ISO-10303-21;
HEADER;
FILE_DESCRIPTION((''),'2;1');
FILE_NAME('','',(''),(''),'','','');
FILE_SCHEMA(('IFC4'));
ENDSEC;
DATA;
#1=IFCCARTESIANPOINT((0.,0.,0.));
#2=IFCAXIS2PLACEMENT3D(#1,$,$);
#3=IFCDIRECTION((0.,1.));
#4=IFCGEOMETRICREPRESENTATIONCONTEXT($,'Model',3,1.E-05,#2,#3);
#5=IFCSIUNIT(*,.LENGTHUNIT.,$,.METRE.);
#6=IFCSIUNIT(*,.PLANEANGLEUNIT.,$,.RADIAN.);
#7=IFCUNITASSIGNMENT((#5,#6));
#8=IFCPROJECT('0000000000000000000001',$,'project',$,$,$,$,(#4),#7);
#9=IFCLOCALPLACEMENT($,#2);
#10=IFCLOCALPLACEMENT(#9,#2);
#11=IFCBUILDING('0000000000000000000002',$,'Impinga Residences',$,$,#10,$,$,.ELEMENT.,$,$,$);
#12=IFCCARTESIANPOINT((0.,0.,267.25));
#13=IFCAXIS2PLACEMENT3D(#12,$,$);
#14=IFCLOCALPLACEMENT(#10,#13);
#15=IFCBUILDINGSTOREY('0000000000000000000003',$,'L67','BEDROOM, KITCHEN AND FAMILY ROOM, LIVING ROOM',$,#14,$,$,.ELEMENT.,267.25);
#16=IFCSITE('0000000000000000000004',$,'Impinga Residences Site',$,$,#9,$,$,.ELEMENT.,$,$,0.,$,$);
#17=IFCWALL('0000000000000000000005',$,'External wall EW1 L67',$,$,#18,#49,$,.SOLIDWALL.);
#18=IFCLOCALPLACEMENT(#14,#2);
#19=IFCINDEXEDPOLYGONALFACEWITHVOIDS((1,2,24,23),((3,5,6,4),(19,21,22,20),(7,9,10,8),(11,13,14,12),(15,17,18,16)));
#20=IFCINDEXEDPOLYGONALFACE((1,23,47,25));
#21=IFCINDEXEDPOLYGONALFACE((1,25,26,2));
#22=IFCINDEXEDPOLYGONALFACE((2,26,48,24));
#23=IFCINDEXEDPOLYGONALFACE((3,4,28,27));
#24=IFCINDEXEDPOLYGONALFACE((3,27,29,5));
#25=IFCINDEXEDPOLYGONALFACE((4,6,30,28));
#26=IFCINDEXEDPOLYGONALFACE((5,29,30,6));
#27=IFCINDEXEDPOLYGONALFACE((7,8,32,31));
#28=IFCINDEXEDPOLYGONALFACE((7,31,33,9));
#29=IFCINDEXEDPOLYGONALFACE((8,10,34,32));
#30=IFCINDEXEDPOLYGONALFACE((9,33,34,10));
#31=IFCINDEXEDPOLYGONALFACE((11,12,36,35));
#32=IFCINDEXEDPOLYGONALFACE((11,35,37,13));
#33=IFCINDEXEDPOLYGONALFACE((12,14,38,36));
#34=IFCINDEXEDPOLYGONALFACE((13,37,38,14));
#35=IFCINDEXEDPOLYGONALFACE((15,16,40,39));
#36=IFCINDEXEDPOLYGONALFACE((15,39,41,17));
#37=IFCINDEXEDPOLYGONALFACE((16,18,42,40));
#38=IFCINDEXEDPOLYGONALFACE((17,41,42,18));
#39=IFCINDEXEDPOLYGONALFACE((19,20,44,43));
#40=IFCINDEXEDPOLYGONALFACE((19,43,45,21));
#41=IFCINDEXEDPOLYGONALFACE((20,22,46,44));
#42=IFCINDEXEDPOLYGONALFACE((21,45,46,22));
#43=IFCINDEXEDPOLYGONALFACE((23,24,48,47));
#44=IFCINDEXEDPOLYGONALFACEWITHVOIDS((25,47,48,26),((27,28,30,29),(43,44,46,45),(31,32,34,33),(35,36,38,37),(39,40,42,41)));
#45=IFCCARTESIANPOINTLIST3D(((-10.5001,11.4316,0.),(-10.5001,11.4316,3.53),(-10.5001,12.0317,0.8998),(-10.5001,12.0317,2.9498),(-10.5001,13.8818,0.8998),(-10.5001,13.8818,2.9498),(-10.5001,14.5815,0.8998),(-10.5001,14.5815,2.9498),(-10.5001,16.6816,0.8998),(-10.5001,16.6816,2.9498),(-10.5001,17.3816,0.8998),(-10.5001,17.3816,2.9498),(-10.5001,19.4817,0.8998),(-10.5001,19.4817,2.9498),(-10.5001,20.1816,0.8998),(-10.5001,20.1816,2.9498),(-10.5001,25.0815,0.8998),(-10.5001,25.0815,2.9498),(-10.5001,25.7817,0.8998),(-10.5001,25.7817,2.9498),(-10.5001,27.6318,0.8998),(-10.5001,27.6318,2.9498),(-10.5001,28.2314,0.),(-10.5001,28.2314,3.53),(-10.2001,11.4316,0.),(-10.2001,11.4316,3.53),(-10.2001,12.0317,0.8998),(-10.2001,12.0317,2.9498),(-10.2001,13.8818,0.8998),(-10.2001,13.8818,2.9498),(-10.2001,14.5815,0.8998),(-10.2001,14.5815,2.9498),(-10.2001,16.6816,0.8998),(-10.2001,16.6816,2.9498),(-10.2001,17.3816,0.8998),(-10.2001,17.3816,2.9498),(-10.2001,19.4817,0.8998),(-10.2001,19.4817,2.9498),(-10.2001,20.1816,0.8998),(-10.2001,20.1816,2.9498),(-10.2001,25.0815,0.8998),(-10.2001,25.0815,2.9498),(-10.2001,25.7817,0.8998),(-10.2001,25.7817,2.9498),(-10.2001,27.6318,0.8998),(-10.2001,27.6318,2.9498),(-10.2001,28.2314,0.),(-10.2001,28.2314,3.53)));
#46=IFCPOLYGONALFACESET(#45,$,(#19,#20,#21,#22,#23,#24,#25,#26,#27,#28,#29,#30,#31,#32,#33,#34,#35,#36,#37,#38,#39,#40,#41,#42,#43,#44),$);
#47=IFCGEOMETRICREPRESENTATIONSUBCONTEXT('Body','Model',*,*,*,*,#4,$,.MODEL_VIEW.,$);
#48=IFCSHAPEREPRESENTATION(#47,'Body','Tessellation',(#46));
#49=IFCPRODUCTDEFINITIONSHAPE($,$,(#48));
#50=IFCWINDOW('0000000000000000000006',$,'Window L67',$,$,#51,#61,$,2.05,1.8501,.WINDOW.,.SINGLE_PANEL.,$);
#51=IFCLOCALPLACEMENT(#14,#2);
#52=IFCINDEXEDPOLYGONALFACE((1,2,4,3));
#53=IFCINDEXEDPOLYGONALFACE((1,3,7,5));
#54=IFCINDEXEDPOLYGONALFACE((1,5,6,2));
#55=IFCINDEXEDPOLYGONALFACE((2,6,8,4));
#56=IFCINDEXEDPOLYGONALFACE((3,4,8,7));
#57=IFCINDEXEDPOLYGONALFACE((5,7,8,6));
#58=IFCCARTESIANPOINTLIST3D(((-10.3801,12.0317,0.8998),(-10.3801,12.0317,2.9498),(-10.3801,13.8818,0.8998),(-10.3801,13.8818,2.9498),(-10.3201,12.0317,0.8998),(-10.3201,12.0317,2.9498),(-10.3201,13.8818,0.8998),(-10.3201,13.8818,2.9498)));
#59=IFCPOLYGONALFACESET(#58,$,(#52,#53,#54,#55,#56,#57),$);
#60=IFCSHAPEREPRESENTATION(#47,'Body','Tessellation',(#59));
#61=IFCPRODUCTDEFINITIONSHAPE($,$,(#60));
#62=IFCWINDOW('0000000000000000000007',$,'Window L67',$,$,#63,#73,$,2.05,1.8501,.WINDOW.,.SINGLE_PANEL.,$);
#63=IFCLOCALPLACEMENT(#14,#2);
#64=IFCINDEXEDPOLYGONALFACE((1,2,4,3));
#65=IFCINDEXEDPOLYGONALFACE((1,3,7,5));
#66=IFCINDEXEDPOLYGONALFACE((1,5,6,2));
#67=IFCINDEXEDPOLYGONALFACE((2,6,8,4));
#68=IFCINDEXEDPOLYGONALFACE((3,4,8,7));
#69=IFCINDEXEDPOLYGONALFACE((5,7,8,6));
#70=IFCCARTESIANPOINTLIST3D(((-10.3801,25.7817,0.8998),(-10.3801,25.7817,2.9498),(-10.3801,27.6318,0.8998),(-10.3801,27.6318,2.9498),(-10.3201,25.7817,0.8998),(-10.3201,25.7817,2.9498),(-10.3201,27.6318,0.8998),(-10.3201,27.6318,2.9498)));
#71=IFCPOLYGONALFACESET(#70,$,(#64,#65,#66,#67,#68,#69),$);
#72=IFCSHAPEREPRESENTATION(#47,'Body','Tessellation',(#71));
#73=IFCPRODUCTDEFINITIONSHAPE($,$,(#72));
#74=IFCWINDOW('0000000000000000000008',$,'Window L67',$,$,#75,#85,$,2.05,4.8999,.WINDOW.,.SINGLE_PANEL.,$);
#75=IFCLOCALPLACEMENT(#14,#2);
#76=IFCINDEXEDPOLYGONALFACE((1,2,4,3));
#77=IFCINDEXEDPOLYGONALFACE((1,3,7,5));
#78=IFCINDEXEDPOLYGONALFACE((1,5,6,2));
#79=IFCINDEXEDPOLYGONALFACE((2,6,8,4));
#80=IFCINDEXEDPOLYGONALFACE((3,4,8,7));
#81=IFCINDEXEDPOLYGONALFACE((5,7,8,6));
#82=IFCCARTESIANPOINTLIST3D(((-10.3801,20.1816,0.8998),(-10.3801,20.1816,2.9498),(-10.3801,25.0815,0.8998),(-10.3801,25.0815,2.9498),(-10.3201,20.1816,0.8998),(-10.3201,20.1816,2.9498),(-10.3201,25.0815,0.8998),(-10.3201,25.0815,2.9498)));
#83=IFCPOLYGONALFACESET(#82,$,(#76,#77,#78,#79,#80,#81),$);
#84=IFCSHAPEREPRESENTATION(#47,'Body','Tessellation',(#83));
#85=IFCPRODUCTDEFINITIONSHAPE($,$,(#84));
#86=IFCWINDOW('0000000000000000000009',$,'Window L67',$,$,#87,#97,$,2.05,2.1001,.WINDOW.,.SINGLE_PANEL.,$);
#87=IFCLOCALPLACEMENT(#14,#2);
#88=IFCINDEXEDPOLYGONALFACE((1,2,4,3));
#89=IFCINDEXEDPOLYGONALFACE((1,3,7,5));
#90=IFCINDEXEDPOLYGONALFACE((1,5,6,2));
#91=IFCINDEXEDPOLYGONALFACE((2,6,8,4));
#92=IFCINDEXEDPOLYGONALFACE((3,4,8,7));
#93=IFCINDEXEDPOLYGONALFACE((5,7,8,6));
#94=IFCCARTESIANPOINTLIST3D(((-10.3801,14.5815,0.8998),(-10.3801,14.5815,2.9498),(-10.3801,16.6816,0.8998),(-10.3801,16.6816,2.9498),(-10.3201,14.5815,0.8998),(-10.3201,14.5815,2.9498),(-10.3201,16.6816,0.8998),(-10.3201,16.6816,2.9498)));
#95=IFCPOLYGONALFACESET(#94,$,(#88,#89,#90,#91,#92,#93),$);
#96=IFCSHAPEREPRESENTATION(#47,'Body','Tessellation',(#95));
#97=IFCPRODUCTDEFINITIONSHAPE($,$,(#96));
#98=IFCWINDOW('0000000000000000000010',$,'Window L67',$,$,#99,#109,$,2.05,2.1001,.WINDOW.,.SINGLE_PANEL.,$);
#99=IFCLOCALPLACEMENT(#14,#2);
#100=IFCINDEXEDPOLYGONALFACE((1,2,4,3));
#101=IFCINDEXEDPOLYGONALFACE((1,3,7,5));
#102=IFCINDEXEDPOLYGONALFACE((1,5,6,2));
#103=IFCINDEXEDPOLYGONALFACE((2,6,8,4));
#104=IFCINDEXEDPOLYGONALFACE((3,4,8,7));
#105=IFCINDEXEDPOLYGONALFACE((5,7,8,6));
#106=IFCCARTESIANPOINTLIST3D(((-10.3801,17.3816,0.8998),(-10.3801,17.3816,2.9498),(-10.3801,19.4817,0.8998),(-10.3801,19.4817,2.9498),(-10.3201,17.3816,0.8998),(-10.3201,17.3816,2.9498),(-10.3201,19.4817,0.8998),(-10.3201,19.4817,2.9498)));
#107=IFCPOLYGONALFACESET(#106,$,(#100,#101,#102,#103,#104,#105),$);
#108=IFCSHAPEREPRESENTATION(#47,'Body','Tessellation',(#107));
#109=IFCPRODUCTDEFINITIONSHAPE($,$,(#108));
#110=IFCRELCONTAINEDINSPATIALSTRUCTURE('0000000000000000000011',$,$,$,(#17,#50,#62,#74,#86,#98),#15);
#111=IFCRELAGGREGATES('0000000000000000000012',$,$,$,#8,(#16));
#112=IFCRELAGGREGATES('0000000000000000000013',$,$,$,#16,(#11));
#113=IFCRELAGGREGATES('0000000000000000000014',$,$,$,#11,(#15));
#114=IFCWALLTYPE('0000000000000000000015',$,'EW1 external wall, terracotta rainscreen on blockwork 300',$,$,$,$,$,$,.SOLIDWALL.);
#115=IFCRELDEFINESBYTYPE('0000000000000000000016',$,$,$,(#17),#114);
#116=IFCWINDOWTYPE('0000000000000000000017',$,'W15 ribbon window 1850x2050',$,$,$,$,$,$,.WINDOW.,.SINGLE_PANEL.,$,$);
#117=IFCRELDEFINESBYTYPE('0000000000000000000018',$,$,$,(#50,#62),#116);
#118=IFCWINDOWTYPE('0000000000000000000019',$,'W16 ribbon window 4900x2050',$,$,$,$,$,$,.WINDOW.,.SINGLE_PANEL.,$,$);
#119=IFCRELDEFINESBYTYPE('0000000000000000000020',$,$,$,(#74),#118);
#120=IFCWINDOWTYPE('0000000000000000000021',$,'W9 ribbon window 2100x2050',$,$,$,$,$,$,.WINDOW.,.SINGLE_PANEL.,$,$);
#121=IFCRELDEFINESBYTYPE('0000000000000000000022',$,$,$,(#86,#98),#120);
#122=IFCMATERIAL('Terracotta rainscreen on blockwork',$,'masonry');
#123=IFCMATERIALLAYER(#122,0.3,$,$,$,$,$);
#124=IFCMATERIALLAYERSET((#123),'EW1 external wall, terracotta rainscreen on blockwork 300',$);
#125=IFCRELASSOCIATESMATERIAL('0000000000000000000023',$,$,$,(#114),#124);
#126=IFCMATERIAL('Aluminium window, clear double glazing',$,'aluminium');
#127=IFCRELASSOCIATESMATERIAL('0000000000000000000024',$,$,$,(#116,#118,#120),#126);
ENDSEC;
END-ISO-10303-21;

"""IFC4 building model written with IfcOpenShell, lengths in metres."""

from ifc_helpers import new_model, si_unit, direction, frame, frame_2d, origin, place, context, subcontext, project, spatial, rectangle, extrude, material, layer, layer_set, type_object, element, fill, save


model = new_model("IFC4")

# Units and contexts
model_context = context("Model", 3, precision=1e-05, world=origin(), true_north=direction((0.0, 1.0)))
body_context = subcontext(model_context, "Body", "Model", "MODEL_VIEW")
ifc_project = project(units=[si_unit("LENGTHUNIT", "METRE"), si_unit("PLANEANGLEUNIT", "RADIAN")], contexts=[model_context])

# Site, building, storey
site_placement = place(None, origin())
site = spatial("IfcSite", under=ifc_project, at=site_placement, Name="Impinga Residences Site", CompositionType="ELEMENT", RefElevation=0.0)
building_placement = place(site_placement, origin())
building = spatial("IfcBuilding", under=site, at=building_placement, Name="Impinga Residences", CompositionType="ELEMENT")
storey_placement = place(building_placement, frame((0.0, 0.0, 267.25)))
storey = spatial("IfcBuildingStorey", under=building, at=storey_placement, Name="L67", Description="BEDROOM, KITCHEN AND FAMILY ROOM, LIVING ROOM", CompositionType="ELEMENT", Elevation=267.25)

# Wall, openings, windows
ifc_material_1 = material(Name="Terracotta rainscreen on blockwork", Category="masonry")
ifc_layer_1 = layer(ifc_material_1, 0.3)
ifc_layer_set_1 = layer_set([ifc_layer_1], Name="EW1 external wall, terracotta rainscreen on blockwork 300")
wall_type_1 = type_object("IfcWallType", Name="EW1 external wall, terracotta rainscreen on blockwork 300", PredefinedType="SOLIDWALL", material=ifc_layer_set_1)
wall_1_placement = place(storey_placement, frame((-10.3501, 11.4316, 0.0), z_axis=(0.0, 0.0, 1.0), x_axis=(0.0, 1.0, 0.0)))
wall_1 = element("IfcWall", 1, at=wall_1_placement, inside=storey, type_object=wall_type_1, Name="External wall EW1 L67", PredefinedType="SOLIDWALL", context=body_context, shape_type="SweptSolid", body=[
    extrude(rectangle(XDim=16.7998, YDim=0.3, at=frame_2d((8.3999, 0.0))), origin(), (0.0, 0.0, 1.0), 3.53),
])
opening_1_placement = place(wall_1_placement, frame((0.6001, 0.0, 0.8999)))
opening_1 = element("IfcOpeningElement", 2, at=opening_1_placement, cuts=wall_1, PredefinedType="OPENING", context=body_context, shape_type="SweptSolid", body=[
    extrude(rectangle(XDim=1.8501, YDim=2.05, at=frame_2d((0.925, 1.0249))), frame((0.0, 0.1599, 0.0), z_axis=(0.0, -1.0, 0.0), x_axis=(1.0, 0.0, 0.0)), (0.0, 0.0, 1.0), 0.3201),
])
opening_2_placement = place(wall_1_placement, frame((3.1499, 0.0, 0.8999)))
opening_2 = element("IfcOpeningElement", 3, at=opening_2_placement, cuts=wall_1, PredefinedType="OPENING", context=body_context, shape_type="SweptSolid", body=[
    extrude(rectangle(XDim=2.1001, YDim=2.05, at=frame_2d((1.05, 1.0249))), frame((0.0, 0.1599, 0.0), z_axis=(0.0, -1.0, 0.0), x_axis=(1.0, 0.0, 0.0)), (0.0, 0.0, 1.0), 0.3201),
])
opening_3_placement = place(wall_1_placement, frame((5.95, 0.0, 0.8999)))
opening_3 = element("IfcOpeningElement", 4, at=opening_3_placement, cuts=wall_1, PredefinedType="OPENING", context=body_context, shape_type="SweptSolid", body=[
    extrude(rectangle(XDim=2.1001, YDim=2.05, at=frame_2d((1.05, 1.0249))), frame((0.0, 0.1599, 0.0), z_axis=(0.0, -1.0, 0.0), x_axis=(1.0, 0.0, 0.0)), (0.0, 0.0, 1.0), 0.3201),
])
opening_4_placement = place(wall_1_placement, frame((8.75, 0.0, 0.8999)))
opening_4 = element("IfcOpeningElement", 5, at=opening_4_placement, cuts=wall_1, PredefinedType="OPENING", context=body_context, shape_type="SweptSolid", body=[
    extrude(rectangle(XDim=4.8999, YDim=2.05, at=frame_2d((2.45, 1.0249))), frame((0.0, 0.1599, 0.0), z_axis=(0.0, -1.0, 0.0), x_axis=(1.0, 0.0, 0.0)), (0.0, 0.0, 1.0), 0.3201),
])
opening_5_placement = place(wall_1_placement, frame((14.3501, 0.0, 0.8999)))
opening_5 = element("IfcOpeningElement", 6, at=opening_5_placement, cuts=wall_1, PredefinedType="OPENING", context=body_context, shape_type="SweptSolid", body=[
    extrude(rectangle(XDim=1.8501, YDim=2.05, at=frame_2d((0.925, 1.0249))), frame((0.0, 0.1599, 0.0), z_axis=(0.0, -1.0, 0.0), x_axis=(1.0, 0.0, 0.0)), (0.0, 0.0, 1.0), 0.3201),
])
ifc_material_2 = material(Name="Aluminium window, clear double glazing", Category="aluminium")
window_type_1 = type_object("IfcWindowType", Name="W15 ribbon window 1850x2050", PartitioningType="SINGLE_PANEL", PredefinedType="WINDOW", material=ifc_material_2)
window_1_placement = place(opening_1_placement, origin())
window_1 = element("IfcWindow", 7, at=window_1_placement, inside=storey, type_object=window_type_1, Name="Window L67", OverallHeight=2.05, OverallWidth=1.8501, PartitioningType="SINGLE_PANEL", PredefinedType="WINDOW", context=body_context, shape_type="SweptSolid", body=[
    extrude(rectangle(XDim=1.8501, YDim=2.05, at=frame_2d((0.925, 1.0249))), frame((0.0, 0.03, 0.0), z_axis=(0.0, -1.0, 0.0), x_axis=(1.0, 0.0, 0.0)), (0.0, 0.0, 1.0), 0.0601),
])
fill(opening_1, window_1)
window_2_placement = place(opening_5_placement, origin())
window_2 = element("IfcWindow", 8, at=window_2_placement, inside=storey, type_object=window_type_1, Name="Window L67", OverallHeight=2.05, OverallWidth=1.8501, PartitioningType="SINGLE_PANEL", PredefinedType="WINDOW", context=body_context, shape_type="SweptSolid", body=[
    extrude(rectangle(XDim=1.8501, YDim=2.05, at=frame_2d((0.925, 1.0249))), frame((0.0, 0.03, 0.0), z_axis=(0.0, -1.0, 0.0), x_axis=(1.0, 0.0, 0.0)), (0.0, 0.0, 1.0), 0.0601),
])
fill(opening_5, window_2)
window_type_2 = type_object("IfcWindowType", Name="W16 ribbon window 4900x2050", PartitioningType="SINGLE_PANEL", PredefinedType="WINDOW", material=ifc_material_2)
window_3_placement = place(opening_4_placement, origin())
window_3 = element("IfcWindow", 9, at=window_3_placement, inside=storey, type_object=window_type_2, Name="Window L67", OverallHeight=2.05, OverallWidth=4.8999, PartitioningType="SINGLE_PANEL", PredefinedType="WINDOW", context=body_context, shape_type="SweptSolid", body=[
    extrude(rectangle(XDim=4.8999, YDim=2.05, at=frame_2d((2.45, 1.0249))), frame((0.0, 0.03, 0.0), z_axis=(0.0, -1.0, 0.0), x_axis=(1.0, 0.0, 0.0)), (0.0, 0.0, 1.0), 0.0601),
])
fill(opening_4, window_3)
window_type_3 = type_object("IfcWindowType", Name="W9 ribbon window 2100x2050", PartitioningType="SINGLE_PANEL", PredefinedType="WINDOW", material=ifc_material_2)
window_4_placement = place(opening_2_placement, origin())
window_4 = element("IfcWindow", 10, at=window_4_placement, inside=storey, type_object=window_type_3, Name="Window L67", OverallHeight=2.05, OverallWidth=2.1001, PartitioningType="SINGLE_PANEL", PredefinedType="WINDOW", context=body_context, shape_type="SweptSolid", body=[
    extrude(rectangle(XDim=2.1001, YDim=2.05, at=frame_2d((1.05, 1.0249))), frame((0.0, 0.03, 0.0), z_axis=(0.0, -1.0, 0.0), x_axis=(1.0, 0.0, 0.0)), (0.0, 0.0, 1.0), 0.0601),
])
fill(opening_2, window_4)
window_5_placement = place(opening_3_placement, origin())
window_5 = element("IfcWindow", 11, at=window_5_placement, inside=storey, type_object=window_type_3, Name="Window L67", OverallHeight=2.05, OverallWidth=2.1001, PartitioningType="SINGLE_PANEL", PredefinedType="WINDOW", context=body_context, shape_type="SweptSolid", body=[
    extrude(rectangle(XDim=2.1001, YDim=2.05, at=frame_2d((1.05, 1.0249))), frame((0.0, 0.03, 0.0), z_axis=(0.0, -1.0, 0.0), x_axis=(1.0, 0.0, 0.0)), (0.0, 0.0, 1.0), 0.0601),
])
fill(opening_3, window_5)

save(model, "model.ifc")
